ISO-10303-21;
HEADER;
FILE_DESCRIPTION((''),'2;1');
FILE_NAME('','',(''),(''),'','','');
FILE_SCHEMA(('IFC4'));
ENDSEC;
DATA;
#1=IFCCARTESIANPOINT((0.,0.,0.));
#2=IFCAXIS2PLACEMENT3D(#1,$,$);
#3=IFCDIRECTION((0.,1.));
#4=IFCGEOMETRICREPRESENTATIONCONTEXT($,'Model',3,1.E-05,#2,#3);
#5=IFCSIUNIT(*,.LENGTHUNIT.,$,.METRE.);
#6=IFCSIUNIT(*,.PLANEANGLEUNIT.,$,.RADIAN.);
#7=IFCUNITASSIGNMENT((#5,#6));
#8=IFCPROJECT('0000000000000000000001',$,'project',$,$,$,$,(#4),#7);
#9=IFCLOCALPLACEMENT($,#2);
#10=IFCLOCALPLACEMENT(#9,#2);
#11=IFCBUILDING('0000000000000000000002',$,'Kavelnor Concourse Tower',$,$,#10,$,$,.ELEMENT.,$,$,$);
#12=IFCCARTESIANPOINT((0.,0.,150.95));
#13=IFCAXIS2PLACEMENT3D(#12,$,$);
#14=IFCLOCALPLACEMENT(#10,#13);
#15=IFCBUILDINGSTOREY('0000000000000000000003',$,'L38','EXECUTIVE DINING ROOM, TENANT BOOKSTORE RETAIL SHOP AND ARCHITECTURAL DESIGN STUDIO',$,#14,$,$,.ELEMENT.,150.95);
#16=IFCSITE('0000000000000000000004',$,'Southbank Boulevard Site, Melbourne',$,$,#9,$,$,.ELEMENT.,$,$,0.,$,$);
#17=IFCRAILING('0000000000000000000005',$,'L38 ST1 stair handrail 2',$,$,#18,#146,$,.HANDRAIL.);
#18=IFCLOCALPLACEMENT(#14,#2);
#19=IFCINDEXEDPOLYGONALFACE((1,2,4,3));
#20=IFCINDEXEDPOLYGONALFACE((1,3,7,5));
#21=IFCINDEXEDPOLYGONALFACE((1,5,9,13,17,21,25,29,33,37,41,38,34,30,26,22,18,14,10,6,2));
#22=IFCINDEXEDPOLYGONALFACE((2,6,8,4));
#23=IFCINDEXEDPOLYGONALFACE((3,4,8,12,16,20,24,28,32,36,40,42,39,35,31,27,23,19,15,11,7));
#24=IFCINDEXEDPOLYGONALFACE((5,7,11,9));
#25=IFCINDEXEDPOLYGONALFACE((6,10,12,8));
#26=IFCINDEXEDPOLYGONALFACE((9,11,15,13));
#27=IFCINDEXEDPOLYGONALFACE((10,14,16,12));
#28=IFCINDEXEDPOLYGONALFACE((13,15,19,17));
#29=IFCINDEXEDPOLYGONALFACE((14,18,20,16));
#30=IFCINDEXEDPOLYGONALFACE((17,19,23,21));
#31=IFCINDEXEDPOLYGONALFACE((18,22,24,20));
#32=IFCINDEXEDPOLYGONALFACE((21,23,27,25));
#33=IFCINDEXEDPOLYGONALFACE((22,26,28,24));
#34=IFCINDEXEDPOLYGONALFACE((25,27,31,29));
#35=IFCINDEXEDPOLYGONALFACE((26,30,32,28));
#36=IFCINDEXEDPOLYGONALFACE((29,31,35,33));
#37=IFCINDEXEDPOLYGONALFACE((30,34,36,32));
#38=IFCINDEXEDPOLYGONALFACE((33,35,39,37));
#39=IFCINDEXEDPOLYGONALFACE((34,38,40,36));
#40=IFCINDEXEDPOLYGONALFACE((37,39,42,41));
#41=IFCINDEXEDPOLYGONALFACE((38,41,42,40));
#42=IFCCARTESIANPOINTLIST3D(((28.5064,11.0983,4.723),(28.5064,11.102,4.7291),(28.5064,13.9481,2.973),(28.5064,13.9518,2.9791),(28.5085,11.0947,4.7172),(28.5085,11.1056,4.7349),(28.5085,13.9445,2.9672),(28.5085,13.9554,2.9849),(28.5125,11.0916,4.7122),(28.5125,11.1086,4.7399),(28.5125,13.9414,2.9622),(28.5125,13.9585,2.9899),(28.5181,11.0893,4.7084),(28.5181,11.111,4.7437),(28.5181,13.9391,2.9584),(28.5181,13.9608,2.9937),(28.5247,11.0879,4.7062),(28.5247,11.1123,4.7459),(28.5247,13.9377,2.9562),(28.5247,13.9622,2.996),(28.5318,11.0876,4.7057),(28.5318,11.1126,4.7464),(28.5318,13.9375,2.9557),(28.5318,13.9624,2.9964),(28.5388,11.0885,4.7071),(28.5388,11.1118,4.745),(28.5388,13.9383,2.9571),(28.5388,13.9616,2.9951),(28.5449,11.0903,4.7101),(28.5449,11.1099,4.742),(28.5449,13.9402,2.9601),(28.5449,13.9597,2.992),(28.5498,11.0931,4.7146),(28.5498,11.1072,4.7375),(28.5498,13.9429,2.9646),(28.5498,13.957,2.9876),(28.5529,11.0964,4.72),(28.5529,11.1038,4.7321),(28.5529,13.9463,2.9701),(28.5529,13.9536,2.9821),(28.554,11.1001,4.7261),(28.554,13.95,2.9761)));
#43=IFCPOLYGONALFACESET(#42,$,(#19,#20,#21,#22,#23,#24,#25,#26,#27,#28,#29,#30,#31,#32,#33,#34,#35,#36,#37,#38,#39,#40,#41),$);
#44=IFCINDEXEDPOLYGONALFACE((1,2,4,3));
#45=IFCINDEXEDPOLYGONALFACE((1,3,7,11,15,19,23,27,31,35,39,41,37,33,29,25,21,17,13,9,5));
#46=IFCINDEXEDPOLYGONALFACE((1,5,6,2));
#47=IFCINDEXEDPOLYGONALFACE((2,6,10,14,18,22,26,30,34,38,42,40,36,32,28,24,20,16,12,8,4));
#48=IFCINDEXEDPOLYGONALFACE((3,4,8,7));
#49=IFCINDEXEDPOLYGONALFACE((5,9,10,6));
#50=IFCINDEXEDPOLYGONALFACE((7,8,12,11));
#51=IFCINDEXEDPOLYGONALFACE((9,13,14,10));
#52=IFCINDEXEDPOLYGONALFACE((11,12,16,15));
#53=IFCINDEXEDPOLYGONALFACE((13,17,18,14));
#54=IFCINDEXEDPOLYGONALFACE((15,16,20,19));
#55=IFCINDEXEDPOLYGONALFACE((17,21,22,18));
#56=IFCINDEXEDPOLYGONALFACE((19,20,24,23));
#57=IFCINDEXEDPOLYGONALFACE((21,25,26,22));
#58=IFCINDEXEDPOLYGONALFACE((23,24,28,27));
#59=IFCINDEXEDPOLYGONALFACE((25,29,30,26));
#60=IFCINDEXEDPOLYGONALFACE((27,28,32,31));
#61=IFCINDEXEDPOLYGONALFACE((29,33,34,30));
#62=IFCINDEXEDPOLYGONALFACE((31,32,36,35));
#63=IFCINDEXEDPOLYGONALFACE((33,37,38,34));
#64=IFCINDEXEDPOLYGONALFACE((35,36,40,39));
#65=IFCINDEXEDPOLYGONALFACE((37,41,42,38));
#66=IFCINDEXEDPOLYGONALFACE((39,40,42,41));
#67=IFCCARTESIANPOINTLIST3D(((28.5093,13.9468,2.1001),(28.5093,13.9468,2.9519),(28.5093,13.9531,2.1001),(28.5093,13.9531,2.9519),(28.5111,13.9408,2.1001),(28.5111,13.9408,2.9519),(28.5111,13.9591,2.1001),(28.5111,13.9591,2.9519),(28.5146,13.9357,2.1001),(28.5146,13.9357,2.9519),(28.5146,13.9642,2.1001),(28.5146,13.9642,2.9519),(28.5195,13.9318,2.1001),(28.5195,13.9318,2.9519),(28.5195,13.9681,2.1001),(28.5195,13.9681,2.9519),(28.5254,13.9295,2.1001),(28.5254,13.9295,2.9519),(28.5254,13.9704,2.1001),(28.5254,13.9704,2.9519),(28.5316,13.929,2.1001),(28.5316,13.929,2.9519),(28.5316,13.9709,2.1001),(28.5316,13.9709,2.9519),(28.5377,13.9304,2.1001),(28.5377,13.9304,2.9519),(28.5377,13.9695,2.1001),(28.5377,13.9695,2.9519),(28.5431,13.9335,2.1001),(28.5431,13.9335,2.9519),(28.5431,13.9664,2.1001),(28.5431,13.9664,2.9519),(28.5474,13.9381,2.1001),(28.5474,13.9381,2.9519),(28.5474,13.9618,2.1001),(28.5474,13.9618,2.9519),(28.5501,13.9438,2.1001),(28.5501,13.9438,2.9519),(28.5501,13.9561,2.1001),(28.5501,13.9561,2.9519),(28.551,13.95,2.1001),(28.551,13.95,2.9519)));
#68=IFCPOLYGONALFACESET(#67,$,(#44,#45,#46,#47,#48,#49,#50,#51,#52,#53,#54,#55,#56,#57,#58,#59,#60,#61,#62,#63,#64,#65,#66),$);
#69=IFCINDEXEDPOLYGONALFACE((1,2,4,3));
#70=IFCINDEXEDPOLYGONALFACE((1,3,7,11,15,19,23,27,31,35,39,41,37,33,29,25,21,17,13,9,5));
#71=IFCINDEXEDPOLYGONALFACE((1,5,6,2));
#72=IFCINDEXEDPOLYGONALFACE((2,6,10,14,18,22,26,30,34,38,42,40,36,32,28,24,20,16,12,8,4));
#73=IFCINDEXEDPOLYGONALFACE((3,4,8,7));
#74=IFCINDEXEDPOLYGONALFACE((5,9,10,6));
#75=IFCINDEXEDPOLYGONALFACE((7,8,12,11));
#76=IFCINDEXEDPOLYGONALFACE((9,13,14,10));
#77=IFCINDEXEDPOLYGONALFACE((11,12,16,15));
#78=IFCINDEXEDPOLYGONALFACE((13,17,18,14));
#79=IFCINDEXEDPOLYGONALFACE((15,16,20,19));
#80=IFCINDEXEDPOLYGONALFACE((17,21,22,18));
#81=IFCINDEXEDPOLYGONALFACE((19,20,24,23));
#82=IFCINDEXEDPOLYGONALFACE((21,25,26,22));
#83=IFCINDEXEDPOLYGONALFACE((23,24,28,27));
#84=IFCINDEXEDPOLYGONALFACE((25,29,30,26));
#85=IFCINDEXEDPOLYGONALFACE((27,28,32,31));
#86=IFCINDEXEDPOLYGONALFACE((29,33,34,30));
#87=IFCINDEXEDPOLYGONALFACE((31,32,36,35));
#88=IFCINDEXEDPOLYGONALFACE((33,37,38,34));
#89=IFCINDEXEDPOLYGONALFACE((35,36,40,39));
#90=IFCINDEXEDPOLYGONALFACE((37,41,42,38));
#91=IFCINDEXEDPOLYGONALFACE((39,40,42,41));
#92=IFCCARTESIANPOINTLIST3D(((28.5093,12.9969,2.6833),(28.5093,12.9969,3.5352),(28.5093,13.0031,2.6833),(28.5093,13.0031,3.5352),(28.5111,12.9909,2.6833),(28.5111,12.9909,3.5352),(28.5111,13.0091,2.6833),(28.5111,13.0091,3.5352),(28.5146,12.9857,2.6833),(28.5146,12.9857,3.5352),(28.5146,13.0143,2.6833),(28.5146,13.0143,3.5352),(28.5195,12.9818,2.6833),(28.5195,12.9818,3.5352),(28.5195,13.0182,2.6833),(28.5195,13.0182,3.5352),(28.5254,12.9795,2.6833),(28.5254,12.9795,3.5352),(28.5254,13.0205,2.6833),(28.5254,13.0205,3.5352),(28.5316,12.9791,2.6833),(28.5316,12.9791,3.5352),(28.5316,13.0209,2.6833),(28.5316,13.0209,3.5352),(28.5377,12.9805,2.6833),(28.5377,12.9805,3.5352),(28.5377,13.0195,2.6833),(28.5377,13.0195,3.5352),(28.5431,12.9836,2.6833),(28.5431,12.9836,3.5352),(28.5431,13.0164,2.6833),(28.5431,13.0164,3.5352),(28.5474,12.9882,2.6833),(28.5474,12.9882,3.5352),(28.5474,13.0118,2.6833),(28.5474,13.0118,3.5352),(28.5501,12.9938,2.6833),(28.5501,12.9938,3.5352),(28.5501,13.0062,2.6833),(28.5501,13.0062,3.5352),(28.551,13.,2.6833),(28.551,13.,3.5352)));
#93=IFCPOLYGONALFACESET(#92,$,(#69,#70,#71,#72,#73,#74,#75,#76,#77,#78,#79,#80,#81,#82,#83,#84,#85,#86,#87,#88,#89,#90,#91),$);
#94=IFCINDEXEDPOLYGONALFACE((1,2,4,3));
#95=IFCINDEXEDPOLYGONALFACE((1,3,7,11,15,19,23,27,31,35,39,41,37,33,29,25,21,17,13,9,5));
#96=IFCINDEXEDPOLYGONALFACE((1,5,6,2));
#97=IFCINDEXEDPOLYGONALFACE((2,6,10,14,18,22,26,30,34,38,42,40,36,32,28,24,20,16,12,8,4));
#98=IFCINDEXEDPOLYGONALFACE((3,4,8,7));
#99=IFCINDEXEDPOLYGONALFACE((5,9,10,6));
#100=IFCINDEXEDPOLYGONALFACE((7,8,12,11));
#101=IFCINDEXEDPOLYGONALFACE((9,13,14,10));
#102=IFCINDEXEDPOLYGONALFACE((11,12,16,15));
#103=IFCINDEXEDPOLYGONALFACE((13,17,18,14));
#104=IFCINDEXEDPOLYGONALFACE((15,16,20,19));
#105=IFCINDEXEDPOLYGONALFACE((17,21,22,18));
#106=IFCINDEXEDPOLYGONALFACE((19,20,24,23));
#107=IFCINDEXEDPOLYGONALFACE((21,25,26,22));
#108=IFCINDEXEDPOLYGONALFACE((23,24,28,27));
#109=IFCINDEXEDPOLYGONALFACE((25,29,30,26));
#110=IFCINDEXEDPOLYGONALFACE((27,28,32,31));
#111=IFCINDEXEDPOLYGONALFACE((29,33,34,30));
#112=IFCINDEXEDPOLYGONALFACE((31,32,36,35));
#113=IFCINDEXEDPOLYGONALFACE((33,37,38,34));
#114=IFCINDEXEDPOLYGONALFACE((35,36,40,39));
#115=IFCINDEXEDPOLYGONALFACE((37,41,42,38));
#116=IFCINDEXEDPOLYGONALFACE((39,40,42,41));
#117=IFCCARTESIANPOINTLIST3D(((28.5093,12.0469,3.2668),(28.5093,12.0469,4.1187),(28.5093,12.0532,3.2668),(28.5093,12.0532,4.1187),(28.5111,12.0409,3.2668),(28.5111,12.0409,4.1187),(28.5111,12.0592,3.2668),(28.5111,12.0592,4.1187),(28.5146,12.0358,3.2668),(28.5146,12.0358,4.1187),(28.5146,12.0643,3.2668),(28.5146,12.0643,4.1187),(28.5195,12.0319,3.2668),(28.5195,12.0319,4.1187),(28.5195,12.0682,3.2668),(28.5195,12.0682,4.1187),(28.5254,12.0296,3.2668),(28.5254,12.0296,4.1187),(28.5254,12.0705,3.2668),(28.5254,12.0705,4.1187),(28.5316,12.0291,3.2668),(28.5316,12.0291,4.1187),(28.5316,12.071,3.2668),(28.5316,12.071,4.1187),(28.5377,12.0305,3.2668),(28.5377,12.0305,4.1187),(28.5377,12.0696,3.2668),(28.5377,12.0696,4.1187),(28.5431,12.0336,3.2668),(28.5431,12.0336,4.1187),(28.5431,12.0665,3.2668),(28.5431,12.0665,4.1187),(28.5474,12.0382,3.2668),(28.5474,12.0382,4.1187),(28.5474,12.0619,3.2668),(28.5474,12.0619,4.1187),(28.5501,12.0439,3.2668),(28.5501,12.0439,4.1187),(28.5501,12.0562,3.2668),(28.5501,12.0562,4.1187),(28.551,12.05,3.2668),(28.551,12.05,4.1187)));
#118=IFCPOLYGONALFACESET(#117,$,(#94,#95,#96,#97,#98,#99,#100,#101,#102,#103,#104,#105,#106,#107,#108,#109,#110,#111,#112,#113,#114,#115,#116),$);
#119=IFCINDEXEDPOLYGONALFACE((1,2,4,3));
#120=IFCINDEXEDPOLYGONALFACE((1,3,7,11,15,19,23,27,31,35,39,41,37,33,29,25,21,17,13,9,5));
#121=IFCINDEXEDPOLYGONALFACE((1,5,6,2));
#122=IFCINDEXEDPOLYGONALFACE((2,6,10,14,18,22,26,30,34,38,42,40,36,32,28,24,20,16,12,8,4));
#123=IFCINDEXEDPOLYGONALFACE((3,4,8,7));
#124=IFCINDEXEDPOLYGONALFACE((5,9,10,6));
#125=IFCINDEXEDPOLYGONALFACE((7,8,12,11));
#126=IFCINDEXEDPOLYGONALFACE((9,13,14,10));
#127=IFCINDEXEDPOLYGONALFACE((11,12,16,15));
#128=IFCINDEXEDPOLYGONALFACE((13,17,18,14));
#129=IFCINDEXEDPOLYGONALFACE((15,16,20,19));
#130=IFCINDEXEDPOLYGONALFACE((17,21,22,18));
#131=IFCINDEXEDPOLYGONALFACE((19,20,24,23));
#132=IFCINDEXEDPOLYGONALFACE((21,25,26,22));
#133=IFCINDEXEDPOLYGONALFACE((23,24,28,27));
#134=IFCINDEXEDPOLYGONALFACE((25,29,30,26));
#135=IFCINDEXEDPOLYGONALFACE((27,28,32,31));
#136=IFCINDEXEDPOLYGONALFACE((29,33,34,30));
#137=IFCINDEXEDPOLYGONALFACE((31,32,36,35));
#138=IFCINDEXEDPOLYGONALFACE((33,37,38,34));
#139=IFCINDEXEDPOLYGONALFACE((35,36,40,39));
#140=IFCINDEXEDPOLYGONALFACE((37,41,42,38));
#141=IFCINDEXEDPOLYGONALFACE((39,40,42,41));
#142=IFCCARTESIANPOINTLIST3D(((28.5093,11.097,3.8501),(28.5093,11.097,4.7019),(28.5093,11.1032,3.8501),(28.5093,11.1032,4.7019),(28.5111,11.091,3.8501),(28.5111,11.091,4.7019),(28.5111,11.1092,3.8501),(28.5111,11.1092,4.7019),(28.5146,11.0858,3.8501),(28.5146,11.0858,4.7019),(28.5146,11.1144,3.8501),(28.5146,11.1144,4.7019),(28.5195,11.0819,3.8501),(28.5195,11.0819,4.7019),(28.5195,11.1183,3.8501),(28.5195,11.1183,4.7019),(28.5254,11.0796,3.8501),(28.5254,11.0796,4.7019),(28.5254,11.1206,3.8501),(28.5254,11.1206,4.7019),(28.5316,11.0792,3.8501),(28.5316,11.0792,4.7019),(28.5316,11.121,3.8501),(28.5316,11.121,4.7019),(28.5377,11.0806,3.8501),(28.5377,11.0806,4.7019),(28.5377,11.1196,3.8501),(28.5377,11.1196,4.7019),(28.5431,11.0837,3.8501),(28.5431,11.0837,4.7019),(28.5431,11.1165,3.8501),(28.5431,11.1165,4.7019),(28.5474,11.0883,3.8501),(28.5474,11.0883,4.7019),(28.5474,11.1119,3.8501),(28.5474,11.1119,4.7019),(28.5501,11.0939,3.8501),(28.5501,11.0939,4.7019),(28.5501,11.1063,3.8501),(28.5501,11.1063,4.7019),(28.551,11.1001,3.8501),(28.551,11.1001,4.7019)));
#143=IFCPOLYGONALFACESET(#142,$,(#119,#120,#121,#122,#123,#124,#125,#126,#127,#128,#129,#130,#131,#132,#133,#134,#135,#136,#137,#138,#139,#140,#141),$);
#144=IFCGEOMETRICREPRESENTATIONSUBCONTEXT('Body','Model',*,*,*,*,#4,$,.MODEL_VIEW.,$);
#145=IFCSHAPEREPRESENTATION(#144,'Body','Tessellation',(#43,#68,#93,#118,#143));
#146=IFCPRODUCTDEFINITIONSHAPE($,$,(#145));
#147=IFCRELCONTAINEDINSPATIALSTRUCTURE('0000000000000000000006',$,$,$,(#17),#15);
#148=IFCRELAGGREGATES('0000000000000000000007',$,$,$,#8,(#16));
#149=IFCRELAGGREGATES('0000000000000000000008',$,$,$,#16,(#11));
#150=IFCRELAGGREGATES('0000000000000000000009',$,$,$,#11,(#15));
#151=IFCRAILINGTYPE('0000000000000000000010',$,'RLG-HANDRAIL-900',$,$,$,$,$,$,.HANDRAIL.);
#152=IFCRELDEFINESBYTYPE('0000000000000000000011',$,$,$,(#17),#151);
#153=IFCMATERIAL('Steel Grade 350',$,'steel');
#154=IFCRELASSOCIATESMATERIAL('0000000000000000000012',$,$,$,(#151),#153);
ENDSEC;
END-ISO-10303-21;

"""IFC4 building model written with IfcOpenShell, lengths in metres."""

from ifc_helpers import new_model, si_unit, direction, frame, origin, origin_2d, place, context, subcontext, project, spatial, circle, extrude, material, type_object, element, save


model = new_model("IFC4")

# Units and contexts
model_context = context("Model", 3, precision=1e-05, world=origin(), true_north=direction((0.0, 1.0)))
body_context = subcontext(model_context, "Body", "Model", "MODEL_VIEW")
ifc_project = project(units=[si_unit("LENGTHUNIT", "METRE"), si_unit("PLANEANGLEUNIT", "RADIAN")], contexts=[model_context])

# Site, building, storey
site_placement = place(None, origin())
site = spatial("IfcSite", under=ifc_project, at=site_placement, Name="Southbank Boulevard Site, Melbourne", CompositionType="ELEMENT", RefElevation=0.0)
building_placement = place(site_placement, origin())
building = spatial("IfcBuilding", under=site, at=building_placement, Name="Kavelnor Concourse Tower", CompositionType="ELEMENT")
storey_placement = place(building_placement, frame((0.0, 0.0, 150.95)))
storey = spatial("IfcBuildingStorey", under=building, at=storey_placement, Name="L38", Description="EXECUTIVE DINING ROOM, TENANT BOOKSTORE RETAIL SHOP AND ARCHITECTURAL DESIGN STUDIO", CompositionType="ELEMENT", Elevation=150.95)

# Shared definitions
ifc_material_1 = material(Name="Steel Grade 350", Category="steel")

# Railing
railing_type_1 = type_object("IfcRailingType", Name="RLG-HANDRAIL-900", PredefinedType="HANDRAIL", material=ifc_material_1)
railing_1_placement = place(storey_placement, frame((28.53, 13.95, 2.1001)))
element("IfcRailing", 1, at=railing_1_placement, inside=storey, type_object=railing_type_1, Name="L38 ST1 stair handrail 2", PredefinedType="HANDRAIL", context=body_context, shape_type="SweptSolid", body=[
    extrude(circle(Radius=0.0239, at=origin_2d()), frame((0.0, 0.0, 0.876), z_axis=(0.0, -0.852159, 0.523283), x_axis=(1.0, 0.0, 0.0)), (0.0, 0.0, 1.0), 3.3442),
    extrude(circle(Radius=0.021, at=origin_2d()), origin(), (0.0, 0.0, 1.0), 0.8518),
    extrude(circle(Radius=0.021, at=origin_2d()), frame((0.0, -0.95, 0.5833)), (0.0, 0.0, 1.0), 0.8518),
    extrude(circle(Radius=0.021, at=origin_2d()), frame((0.0, -1.8999, 1.1667)), (0.0, 0.0, 1.0), 0.8518),
    extrude(circle(Radius=0.021, at=origin_2d()), frame((0.0, -2.8499, 1.75)), (0.0, 0.0, 1.0), 0.8518),
])

save(model, "model.ifc")
